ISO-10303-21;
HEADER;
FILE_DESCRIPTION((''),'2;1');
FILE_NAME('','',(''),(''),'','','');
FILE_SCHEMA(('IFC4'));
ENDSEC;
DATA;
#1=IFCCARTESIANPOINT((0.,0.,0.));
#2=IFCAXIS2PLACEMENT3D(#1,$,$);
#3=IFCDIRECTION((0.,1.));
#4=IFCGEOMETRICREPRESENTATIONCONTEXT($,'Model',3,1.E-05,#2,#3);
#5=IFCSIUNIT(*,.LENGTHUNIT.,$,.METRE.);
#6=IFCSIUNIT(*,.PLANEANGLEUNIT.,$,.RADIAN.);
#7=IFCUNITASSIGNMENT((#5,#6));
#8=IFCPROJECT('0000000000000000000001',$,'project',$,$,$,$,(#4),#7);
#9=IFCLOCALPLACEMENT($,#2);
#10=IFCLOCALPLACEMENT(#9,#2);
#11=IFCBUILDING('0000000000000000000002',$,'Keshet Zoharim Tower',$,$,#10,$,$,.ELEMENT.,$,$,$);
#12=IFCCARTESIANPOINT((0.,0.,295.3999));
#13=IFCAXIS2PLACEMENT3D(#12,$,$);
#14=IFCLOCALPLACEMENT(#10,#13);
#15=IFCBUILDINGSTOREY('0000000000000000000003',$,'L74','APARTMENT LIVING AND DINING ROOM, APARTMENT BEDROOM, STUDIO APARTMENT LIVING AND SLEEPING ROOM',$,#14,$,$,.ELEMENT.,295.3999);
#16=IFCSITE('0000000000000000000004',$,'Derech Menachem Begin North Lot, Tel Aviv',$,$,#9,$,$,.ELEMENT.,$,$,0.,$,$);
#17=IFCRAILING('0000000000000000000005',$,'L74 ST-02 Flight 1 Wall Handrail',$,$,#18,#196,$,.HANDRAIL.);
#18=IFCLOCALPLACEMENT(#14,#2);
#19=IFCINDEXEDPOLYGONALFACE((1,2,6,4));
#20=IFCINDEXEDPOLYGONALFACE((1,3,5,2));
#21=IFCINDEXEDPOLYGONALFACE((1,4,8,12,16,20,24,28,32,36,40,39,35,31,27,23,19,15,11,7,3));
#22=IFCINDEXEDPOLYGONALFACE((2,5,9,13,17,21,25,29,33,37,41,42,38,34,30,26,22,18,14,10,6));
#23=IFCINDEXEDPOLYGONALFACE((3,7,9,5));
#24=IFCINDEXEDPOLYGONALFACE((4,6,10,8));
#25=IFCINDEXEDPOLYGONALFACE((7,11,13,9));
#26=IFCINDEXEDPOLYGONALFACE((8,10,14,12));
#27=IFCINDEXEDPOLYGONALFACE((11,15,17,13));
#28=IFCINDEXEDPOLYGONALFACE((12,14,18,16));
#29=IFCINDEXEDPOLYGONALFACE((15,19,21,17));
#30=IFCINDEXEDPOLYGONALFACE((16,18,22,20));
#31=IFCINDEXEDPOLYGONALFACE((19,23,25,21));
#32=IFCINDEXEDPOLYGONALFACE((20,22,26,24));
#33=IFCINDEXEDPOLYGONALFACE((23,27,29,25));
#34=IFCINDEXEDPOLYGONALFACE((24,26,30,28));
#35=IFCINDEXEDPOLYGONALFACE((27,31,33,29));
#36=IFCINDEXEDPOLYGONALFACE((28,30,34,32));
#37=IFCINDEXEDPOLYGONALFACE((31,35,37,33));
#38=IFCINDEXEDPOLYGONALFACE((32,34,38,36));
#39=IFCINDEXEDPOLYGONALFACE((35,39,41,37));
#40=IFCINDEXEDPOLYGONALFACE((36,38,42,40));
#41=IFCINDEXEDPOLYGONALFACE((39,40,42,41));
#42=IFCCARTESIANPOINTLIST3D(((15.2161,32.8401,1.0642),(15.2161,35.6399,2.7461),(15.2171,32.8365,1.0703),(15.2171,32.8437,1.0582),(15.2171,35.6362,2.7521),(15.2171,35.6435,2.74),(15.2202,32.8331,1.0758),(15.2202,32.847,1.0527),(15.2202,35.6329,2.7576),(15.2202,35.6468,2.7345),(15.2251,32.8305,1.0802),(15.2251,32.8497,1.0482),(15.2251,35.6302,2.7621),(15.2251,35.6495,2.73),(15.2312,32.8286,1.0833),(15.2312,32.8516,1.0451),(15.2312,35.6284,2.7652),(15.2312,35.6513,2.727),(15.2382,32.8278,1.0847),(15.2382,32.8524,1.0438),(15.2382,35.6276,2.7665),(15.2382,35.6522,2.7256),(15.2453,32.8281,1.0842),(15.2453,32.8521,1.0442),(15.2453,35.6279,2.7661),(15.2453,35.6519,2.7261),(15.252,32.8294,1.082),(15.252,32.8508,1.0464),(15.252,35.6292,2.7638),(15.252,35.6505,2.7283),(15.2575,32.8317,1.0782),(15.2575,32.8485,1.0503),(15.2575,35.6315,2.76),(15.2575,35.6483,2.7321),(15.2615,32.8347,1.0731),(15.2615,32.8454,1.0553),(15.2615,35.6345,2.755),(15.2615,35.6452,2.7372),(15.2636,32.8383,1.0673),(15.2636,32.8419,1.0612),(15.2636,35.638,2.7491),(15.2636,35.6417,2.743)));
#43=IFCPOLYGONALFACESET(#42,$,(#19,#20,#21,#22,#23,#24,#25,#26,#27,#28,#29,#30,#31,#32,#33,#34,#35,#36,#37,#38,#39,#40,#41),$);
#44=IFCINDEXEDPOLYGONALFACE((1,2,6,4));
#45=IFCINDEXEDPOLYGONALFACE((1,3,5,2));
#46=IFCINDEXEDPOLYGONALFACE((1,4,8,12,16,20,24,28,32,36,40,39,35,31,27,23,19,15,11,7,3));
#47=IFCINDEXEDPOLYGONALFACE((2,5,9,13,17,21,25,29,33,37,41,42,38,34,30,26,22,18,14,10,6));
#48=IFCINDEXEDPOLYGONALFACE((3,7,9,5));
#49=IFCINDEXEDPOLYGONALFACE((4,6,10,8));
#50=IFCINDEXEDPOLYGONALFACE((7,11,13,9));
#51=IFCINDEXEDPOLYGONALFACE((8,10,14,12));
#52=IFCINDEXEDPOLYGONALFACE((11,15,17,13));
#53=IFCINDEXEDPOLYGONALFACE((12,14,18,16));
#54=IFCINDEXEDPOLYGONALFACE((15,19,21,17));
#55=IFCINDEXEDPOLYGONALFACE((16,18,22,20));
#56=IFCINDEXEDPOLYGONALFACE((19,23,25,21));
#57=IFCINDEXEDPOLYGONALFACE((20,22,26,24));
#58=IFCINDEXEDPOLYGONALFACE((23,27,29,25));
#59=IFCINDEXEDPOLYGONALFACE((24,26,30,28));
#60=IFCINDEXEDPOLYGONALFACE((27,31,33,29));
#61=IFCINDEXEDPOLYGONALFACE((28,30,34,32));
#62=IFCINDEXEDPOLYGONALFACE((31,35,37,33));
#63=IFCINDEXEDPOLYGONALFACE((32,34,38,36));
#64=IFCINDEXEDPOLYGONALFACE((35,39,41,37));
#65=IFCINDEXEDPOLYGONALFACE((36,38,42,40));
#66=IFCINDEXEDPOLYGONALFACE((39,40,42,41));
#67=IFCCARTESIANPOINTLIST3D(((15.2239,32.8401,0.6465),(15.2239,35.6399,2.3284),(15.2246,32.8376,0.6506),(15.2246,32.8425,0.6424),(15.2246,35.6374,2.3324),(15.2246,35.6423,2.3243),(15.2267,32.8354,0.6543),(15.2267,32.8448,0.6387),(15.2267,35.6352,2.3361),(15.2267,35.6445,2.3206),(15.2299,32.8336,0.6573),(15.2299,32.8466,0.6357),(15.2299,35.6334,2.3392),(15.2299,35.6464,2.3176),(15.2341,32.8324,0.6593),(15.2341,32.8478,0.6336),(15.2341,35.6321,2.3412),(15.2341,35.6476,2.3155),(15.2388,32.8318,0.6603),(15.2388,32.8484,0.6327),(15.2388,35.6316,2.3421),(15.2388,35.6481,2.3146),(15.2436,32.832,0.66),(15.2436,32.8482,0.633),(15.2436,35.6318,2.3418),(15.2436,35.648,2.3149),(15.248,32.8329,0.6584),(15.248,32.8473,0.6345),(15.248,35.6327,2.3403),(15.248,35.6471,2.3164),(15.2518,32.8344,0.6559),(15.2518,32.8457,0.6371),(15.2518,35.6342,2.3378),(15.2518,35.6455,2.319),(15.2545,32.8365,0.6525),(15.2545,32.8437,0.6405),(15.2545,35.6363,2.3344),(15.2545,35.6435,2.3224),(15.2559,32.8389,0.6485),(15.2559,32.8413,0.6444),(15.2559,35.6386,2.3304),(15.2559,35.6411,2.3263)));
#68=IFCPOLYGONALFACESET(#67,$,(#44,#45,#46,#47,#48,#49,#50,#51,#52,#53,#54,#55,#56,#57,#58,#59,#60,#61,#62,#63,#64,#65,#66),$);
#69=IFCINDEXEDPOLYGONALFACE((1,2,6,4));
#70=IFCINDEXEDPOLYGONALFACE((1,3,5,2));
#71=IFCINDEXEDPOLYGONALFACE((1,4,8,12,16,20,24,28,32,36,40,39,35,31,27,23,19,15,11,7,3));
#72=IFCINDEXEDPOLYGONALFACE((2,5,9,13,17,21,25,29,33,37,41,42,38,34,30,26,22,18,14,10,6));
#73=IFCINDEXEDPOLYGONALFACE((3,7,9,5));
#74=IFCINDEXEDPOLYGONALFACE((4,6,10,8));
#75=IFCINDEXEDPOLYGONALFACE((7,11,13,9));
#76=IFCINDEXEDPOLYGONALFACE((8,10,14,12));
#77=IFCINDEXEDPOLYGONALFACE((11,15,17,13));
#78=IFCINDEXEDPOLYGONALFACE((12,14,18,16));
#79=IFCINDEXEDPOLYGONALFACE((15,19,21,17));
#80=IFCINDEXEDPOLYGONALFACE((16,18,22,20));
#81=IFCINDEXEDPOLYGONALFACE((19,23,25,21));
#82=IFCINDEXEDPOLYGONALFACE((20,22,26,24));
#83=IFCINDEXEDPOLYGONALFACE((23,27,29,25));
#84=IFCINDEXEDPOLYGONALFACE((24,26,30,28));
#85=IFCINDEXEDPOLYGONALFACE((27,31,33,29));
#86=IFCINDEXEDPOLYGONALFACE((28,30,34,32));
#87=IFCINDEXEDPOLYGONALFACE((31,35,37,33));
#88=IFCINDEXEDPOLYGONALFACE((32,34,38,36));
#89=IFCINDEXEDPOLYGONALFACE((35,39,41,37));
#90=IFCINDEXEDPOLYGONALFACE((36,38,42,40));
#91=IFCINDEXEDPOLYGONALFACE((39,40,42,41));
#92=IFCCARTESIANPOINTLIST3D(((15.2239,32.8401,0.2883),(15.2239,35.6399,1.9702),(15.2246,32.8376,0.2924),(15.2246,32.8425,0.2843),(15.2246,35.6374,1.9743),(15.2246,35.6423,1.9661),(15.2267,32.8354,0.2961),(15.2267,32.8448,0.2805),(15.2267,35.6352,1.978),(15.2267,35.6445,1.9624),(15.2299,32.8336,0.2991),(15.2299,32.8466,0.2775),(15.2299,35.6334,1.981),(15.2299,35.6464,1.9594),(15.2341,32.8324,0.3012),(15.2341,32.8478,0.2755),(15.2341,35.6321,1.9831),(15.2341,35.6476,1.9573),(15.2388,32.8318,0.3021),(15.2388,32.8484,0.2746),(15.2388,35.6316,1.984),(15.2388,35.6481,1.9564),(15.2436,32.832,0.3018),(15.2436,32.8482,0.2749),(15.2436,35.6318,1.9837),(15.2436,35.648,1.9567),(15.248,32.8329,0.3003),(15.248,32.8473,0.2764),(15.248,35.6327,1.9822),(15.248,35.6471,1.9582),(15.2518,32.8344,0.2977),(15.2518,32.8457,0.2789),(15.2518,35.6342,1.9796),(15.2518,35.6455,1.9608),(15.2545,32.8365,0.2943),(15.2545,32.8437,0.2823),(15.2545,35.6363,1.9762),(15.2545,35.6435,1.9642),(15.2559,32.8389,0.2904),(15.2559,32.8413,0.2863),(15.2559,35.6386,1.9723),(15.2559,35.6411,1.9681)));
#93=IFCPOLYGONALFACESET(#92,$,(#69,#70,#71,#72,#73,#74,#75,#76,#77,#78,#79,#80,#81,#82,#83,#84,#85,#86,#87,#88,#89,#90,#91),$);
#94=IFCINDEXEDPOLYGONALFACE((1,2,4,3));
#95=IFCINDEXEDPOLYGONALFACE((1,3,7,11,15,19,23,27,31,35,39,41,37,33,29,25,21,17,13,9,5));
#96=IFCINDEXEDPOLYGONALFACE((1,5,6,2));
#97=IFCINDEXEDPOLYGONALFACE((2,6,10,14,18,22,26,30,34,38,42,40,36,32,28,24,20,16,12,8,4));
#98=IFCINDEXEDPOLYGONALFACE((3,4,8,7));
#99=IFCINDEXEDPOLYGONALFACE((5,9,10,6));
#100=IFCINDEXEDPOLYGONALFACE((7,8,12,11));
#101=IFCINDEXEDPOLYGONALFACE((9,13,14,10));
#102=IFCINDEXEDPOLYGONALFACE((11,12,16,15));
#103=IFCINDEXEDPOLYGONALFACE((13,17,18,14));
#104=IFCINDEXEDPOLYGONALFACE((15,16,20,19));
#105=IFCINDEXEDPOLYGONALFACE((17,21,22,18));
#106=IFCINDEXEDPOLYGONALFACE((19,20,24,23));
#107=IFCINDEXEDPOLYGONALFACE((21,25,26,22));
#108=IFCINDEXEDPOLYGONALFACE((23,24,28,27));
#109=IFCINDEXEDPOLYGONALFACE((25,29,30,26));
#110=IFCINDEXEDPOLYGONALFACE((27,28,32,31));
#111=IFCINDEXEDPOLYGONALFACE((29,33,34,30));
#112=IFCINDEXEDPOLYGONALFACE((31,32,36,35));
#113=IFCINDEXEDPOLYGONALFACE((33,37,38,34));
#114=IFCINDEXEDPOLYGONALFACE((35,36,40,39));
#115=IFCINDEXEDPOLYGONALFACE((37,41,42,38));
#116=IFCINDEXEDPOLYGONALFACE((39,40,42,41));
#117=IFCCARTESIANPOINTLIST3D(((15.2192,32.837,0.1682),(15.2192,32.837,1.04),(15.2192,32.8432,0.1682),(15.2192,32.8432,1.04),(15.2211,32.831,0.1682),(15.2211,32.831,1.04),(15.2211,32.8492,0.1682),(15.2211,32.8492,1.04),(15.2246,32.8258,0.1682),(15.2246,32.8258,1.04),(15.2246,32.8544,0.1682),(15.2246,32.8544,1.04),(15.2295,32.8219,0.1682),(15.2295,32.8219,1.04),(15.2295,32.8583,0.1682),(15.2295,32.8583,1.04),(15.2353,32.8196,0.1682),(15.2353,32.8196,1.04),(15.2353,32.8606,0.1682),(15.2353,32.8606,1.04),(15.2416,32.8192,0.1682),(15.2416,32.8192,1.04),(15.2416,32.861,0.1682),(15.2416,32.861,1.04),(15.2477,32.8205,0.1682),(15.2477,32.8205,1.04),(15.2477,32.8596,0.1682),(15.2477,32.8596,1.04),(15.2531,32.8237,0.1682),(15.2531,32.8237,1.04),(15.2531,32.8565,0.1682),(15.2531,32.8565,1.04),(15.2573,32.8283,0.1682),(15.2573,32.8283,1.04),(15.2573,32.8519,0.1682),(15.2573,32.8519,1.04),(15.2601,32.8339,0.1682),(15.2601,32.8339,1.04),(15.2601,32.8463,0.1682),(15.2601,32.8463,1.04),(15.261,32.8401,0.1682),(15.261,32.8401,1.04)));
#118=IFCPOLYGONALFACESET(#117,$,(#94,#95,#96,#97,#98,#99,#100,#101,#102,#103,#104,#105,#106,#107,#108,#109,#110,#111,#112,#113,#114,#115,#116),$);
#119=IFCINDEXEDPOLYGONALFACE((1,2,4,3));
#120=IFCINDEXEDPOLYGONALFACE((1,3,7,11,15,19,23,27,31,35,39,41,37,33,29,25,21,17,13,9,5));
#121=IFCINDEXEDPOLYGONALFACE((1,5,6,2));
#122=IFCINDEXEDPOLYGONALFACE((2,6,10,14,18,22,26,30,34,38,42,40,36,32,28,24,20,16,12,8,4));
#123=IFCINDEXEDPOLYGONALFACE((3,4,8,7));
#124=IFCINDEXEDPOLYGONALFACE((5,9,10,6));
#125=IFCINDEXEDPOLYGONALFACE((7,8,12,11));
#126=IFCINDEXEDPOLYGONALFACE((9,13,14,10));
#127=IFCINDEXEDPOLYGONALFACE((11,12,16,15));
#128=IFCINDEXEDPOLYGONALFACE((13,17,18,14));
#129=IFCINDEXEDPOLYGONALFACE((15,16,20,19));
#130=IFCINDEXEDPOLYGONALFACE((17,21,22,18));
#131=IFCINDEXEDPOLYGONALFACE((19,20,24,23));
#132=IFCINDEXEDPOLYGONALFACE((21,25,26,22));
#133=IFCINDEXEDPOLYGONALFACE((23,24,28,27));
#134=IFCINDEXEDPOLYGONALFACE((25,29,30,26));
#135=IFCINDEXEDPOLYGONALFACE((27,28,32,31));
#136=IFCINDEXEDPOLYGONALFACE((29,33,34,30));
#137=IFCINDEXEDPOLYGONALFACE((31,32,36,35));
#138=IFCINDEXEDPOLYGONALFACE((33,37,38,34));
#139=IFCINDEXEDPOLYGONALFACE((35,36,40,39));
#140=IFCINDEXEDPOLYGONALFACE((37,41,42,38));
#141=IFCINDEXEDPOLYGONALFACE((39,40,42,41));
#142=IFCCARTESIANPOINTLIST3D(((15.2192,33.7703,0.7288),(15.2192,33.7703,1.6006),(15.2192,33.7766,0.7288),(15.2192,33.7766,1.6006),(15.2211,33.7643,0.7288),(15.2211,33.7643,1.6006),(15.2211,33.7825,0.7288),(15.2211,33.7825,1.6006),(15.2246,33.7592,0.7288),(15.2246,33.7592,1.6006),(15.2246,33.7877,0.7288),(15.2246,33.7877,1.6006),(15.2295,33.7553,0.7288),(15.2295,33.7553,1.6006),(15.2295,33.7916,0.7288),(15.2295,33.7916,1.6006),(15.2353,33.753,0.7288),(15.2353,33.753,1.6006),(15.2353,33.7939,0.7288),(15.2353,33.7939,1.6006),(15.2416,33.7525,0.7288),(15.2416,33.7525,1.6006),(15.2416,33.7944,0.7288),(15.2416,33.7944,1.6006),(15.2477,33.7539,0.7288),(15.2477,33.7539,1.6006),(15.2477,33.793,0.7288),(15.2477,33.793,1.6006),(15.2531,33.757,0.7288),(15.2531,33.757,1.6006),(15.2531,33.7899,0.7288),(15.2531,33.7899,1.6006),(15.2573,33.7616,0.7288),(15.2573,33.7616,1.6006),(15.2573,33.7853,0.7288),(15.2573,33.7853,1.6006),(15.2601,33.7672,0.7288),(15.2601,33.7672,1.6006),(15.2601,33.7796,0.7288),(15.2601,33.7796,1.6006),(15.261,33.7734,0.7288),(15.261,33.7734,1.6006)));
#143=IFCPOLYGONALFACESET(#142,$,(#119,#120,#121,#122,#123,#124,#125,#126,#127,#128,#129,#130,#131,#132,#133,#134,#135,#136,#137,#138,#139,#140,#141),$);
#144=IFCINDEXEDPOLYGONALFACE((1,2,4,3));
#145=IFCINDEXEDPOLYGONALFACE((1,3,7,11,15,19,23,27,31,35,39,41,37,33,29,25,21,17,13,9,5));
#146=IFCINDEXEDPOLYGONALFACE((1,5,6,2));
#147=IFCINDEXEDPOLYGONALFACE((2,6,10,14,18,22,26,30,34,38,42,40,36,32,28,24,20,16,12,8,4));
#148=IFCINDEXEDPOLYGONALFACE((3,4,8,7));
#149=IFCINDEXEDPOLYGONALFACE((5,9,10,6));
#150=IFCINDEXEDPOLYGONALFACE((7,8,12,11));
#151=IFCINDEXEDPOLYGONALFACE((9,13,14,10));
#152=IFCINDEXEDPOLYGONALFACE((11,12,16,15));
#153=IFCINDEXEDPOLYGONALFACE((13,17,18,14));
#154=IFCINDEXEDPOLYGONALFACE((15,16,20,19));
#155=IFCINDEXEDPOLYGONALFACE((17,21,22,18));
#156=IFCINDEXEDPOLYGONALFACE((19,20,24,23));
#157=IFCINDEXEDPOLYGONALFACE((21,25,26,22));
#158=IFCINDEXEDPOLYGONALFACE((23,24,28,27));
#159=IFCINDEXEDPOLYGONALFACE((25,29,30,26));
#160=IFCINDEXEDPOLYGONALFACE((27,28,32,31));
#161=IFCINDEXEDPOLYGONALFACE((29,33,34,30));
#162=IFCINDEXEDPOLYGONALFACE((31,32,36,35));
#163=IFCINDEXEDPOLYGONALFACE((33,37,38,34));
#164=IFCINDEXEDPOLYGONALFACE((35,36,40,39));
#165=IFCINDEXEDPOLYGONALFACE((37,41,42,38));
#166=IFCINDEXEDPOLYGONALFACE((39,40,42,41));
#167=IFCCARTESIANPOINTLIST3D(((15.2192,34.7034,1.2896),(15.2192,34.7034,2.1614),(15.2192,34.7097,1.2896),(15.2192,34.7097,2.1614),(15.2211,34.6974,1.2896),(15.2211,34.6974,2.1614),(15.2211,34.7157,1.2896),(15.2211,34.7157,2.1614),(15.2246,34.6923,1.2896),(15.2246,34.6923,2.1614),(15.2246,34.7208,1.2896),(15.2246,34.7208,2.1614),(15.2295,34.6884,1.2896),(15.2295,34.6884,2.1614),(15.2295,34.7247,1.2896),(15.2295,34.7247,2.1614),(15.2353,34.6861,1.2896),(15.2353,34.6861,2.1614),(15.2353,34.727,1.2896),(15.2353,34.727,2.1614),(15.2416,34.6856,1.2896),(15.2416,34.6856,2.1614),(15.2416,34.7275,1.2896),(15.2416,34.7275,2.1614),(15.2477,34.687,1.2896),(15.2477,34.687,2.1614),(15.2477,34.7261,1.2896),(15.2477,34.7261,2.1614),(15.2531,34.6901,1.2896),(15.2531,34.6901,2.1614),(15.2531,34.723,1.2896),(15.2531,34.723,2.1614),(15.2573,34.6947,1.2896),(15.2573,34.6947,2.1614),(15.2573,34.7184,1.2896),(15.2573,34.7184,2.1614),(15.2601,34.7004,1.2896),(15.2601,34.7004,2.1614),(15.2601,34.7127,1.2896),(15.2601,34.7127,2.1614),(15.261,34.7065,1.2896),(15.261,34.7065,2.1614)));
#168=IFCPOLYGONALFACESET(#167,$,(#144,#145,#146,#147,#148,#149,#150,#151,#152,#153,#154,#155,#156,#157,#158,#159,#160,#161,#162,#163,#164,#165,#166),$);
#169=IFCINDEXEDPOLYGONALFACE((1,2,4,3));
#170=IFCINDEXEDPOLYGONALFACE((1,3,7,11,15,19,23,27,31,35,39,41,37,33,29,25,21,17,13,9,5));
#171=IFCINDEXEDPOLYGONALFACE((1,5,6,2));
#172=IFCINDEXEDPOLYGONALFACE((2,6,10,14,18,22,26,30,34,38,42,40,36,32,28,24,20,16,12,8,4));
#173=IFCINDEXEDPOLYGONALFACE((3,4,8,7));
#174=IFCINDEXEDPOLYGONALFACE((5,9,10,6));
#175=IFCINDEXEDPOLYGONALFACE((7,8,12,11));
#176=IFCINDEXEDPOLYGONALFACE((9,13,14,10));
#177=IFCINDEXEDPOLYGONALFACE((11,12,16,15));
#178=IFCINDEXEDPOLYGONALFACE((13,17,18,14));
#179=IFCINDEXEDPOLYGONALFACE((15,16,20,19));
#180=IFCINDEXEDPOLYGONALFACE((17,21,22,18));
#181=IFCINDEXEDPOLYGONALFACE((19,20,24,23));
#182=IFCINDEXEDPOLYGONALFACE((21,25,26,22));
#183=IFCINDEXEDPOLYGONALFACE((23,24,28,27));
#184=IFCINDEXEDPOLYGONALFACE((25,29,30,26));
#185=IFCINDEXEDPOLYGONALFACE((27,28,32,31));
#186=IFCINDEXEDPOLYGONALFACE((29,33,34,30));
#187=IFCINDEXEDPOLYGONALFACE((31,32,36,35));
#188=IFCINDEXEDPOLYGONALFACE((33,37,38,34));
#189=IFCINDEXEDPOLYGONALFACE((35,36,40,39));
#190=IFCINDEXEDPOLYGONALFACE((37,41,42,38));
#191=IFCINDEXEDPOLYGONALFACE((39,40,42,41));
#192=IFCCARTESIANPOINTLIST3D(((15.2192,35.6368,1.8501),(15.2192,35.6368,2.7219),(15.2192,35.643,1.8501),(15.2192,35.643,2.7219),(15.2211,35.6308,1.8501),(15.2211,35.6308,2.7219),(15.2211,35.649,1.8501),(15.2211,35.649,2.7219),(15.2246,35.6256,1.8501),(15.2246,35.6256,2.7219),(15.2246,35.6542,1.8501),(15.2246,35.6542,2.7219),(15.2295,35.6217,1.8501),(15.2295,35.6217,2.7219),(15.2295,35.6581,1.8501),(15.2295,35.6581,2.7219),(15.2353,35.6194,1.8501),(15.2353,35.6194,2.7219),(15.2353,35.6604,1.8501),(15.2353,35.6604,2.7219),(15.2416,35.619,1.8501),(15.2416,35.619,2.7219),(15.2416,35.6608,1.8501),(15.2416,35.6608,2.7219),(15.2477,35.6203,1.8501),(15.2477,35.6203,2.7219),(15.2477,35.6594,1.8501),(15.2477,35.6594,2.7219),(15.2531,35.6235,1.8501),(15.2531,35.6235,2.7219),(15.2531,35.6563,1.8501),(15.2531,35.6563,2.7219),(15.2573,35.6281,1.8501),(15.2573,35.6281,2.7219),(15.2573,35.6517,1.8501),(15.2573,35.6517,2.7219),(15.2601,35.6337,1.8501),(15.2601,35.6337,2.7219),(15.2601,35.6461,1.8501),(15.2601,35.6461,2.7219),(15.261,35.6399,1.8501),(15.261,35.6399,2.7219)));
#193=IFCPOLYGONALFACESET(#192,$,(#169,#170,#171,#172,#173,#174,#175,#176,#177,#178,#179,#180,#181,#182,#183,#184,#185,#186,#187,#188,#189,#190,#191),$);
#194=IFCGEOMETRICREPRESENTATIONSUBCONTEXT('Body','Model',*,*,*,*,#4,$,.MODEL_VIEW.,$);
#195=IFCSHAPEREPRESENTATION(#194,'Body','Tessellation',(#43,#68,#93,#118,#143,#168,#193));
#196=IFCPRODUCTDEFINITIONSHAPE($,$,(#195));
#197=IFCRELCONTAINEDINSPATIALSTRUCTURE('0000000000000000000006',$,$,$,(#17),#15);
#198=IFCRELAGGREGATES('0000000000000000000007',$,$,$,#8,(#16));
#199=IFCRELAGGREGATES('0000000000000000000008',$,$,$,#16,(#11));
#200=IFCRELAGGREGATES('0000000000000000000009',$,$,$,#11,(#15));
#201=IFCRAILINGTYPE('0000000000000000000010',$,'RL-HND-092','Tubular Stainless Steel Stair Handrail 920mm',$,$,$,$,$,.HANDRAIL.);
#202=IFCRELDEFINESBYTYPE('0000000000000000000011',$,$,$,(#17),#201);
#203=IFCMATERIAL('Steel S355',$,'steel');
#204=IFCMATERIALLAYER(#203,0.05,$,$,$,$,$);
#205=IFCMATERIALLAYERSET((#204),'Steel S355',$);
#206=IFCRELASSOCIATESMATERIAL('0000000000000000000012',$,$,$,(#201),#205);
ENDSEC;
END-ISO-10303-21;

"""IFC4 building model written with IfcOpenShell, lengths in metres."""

from ifc_helpers import new_model, si_unit, direction, frame, origin, origin_2d, place, context, subcontext, project, spatial, circle, extrude, material, layer, layer_set, type_object, element, save


model = new_model("IFC4")

# Units and contexts
model_context = context("Model", 3, precision=1e-05, world=origin(), true_north=direction((0.0, 1.0)))
body_context = subcontext(model_context, "Body", "Model", "MODEL_VIEW")
ifc_project = project(units=[si_unit("LENGTHUNIT", "METRE"), si_unit("PLANEANGLEUNIT", "RADIAN")], contexts=[model_context])

# Site, building, storey
site_placement = place(None, origin())
site = spatial("IfcSite", under=ifc_project, at=site_placement, Name="Derech Menachem Begin North Lot, Tel Aviv", CompositionType="ELEMENT", RefElevation=0.0)
building_placement = place(site_placement, origin())
building = spatial("IfcBuilding", under=site, at=building_placement, Name="Keshet Zoharim Tower", CompositionType="ELEMENT")
storey_placement = place(building_placement, frame((0.0, 0.0, 295.3999)))
storey = spatial("IfcBuildingStorey", under=building, at=storey_placement, Name="L74", Description="APARTMENT LIVING AND DINING ROOM, APARTMENT BEDROOM, STUDIO APARTMENT LIVING AND SLEEPING ROOM", CompositionType="ELEMENT", Elevation=295.3999)

# Shared definitions
ifc_material_1 = material(Name="Steel S355", Category="steel")

# Railing
ifc_layer_1 = layer(ifc_material_1, 0.05)
ifc_layer_set_1 = layer_set([ifc_layer_1], Name="Steel S355")
railing_type = type_object("IfcRailingType", Name="RL-HND-092", Description="Tubular Stainless Steel Stair Handrail 920mm", PredefinedType="HANDRAIL", material=ifc_layer_set_1)
railing_placement = place(storey_placement, frame((15.24, 32.8401, 0.1682)))
element("IfcRailing", 1, at=railing_placement, inside=storey, type_object=railing_type, Name="L74 ST-02 Flight 1 Wall Handrail", PredefinedType="HANDRAIL", context=body_context, shape_type="SweptSolid", body=[
    extrude(circle(Radius=0.0239, at=origin_2d()), frame((0.0, 0.0, 0.896), z_axis=(0.0, 0.857222, 0.514946), x_axis=(-1.0, 0.0, 0.0)), (0.0, 0.0, 1.0), 3.2661),
    extrude(circle(Radius=0.0161, at=origin_2d()), frame((0.0, 0.0, 0.4783), z_axis=(0.0, 0.857222, 0.514946), x_axis=(-1.0, 0.0, 0.0)), (0.0, 0.0, 1.0), 3.2661),
    extrude(circle(Radius=0.0161, at=origin_2d()), frame((0.0, 0.0, 0.1201), z_axis=(0.0, 0.857222, 0.514946), x_axis=(-1.0, 0.0, 0.0)), (0.0, 0.0, 1.0), 3.2661),
    extrude(circle(Radius=0.021, at=origin_2d()), origin(), (0.0, 0.0, 1.0), 0.8718),
    extrude(circle(Radius=0.021, at=origin_2d()), frame((0.0, 0.9333, 0.5605)), (0.0, 0.0, 1.0), 0.8718),
    extrude(circle(Radius=0.021, at=origin_2d()), frame((0.0, 1.8665, 1.1213)), (0.0, 0.0, 1.0), 0.8718),
    extrude(circle(Radius=0.021, at=origin_2d()), frame((0.0, 2.7998, 1.6819)), (0.0, 0.0, 1.0), 0.8718),
])

save(model, "model.ifc")
